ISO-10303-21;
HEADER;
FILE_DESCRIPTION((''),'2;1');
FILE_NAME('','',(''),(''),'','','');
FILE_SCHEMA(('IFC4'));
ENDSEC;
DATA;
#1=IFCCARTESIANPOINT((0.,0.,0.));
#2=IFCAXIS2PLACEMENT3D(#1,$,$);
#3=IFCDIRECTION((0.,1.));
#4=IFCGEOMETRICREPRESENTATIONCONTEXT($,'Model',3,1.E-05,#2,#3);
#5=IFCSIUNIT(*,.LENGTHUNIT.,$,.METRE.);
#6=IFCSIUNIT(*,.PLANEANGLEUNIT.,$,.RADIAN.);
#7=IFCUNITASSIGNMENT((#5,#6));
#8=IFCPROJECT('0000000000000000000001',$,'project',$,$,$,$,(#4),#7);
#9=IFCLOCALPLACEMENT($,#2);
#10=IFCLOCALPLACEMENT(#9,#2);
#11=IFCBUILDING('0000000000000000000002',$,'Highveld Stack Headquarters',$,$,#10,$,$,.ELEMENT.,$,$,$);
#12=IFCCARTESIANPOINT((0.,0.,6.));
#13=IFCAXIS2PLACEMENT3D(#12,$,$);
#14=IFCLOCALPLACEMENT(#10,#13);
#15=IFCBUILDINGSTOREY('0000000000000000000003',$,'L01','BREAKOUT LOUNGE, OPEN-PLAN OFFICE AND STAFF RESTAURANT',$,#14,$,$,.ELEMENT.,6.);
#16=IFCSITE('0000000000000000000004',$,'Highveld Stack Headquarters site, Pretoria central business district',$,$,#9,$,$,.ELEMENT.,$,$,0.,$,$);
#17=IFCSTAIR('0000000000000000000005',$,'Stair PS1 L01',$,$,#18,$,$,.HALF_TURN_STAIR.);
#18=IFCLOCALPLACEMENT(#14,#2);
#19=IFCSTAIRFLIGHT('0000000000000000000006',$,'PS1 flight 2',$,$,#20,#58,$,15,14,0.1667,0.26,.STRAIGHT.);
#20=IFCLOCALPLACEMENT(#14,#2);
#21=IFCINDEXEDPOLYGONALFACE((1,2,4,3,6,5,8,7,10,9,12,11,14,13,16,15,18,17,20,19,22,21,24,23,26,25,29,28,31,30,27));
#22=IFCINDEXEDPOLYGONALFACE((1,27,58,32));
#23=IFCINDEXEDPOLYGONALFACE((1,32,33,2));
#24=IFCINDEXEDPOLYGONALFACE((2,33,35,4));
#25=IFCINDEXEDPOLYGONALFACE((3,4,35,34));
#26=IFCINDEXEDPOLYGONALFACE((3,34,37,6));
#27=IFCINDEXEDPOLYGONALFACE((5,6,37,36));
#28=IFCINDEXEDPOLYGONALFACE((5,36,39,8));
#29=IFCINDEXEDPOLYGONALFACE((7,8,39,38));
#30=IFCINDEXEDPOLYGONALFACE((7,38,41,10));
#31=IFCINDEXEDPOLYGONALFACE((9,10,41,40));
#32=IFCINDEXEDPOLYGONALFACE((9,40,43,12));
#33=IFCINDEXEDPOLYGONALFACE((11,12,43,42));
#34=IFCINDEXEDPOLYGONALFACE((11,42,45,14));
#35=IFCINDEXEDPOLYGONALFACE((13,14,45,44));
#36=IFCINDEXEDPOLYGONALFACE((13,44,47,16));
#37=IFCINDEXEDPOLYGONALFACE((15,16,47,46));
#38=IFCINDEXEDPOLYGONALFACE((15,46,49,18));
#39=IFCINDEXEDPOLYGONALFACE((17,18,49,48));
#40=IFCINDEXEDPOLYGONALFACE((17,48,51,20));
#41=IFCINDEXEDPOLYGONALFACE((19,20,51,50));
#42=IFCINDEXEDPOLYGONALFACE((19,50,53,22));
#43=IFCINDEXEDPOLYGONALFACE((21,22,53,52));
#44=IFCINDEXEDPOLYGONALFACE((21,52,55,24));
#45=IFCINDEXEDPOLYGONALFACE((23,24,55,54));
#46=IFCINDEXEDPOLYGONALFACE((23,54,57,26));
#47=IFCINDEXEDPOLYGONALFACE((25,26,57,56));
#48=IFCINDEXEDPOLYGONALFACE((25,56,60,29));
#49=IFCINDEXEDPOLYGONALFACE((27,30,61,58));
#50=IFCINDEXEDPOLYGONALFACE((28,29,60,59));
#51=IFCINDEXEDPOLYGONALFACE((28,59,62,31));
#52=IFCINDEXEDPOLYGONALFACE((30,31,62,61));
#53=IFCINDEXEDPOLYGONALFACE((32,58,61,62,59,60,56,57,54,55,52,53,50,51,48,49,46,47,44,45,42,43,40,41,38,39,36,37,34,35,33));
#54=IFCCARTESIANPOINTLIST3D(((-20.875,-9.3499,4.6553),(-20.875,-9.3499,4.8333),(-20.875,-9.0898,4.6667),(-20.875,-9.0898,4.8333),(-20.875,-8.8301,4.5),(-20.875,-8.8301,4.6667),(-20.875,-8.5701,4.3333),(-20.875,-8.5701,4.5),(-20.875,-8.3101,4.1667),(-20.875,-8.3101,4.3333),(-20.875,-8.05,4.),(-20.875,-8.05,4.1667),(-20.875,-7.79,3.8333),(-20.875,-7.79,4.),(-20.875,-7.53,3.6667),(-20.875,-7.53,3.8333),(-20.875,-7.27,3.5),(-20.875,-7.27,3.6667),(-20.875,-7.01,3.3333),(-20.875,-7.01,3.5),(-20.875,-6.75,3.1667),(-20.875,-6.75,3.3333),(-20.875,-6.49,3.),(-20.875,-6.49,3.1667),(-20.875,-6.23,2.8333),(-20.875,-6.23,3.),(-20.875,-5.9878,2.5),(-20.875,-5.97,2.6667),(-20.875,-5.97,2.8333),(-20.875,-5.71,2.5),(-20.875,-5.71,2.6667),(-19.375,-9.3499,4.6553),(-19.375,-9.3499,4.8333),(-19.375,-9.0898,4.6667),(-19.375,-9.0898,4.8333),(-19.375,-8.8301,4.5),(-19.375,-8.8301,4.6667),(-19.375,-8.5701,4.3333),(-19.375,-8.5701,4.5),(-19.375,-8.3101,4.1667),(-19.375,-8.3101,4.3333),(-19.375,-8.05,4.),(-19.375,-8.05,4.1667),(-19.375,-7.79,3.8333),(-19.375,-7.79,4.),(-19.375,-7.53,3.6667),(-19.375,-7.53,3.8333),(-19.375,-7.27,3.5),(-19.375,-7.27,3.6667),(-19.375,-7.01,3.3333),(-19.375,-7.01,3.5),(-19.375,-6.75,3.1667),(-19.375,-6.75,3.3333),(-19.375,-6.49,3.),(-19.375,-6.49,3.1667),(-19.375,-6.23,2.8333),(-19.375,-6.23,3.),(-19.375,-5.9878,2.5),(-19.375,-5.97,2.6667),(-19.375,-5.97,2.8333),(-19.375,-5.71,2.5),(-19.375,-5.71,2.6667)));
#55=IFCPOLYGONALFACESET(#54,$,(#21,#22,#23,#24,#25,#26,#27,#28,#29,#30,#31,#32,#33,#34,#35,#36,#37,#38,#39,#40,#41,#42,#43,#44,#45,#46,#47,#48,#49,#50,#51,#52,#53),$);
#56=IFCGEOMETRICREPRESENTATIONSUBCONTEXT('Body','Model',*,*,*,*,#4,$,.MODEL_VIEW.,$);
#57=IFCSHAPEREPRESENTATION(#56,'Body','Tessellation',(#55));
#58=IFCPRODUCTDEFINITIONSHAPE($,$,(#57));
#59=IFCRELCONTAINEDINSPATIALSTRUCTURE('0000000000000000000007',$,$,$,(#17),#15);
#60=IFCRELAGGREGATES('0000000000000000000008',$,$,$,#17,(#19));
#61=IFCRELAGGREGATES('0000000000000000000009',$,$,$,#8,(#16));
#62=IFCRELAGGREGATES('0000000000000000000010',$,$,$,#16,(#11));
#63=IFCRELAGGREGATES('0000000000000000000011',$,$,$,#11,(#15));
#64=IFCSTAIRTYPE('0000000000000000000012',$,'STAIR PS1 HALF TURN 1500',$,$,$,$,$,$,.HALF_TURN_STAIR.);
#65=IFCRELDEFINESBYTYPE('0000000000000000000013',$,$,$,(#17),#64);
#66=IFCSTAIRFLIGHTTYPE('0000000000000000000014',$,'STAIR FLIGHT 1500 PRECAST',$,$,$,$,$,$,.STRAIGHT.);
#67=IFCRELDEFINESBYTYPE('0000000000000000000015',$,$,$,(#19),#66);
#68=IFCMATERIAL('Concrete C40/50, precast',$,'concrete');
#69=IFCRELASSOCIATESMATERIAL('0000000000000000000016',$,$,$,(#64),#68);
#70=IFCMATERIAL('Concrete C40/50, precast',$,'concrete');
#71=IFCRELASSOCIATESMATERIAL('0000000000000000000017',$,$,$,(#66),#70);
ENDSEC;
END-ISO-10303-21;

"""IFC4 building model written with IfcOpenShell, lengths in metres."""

from ifc_helpers import new_model, si_unit, direction, frame, origin, place, context, subcontext, project, spatial, polyline, outline, extrude, material, type_object, element, aggregate, save


model = new_model("IFC4")

# Units and contexts
model_context = context("Model", 3, precision=1e-05, world=origin(), true_north=direction((0.0, 1.0)))
body_context = subcontext(model_context, "Body", "Model", "MODEL_VIEW")
ifc_project = project(units=[si_unit("LENGTHUNIT", "METRE"), si_unit("PLANEANGLEUNIT", "RADIAN")], contexts=[model_context])

# Site, building, storey
site_placement = place(None, origin())
site = spatial("IfcSite", under=ifc_project, at=site_placement, Name="Highveld Stack Headquarters site, Pretoria central business district", CompositionType="ELEMENT", RefElevation=0.0)
building_placement = place(site_placement, origin())
building = spatial("IfcBuilding", under=site, at=building_placement, Name="Highveld Stack Headquarters", CompositionType="ELEMENT")
storey_placement = place(building_placement, frame((0.0, 0.0, 6.0)))
storey = spatial("IfcBuildingStorey", under=building, at=storey_placement, Name="L01", Description="BREAKOUT LOUNGE, OPEN-PLAN OFFICE AND STAFF RESTAURANT", CompositionType="ELEMENT", Elevation=6.0)

# Stair, stair flight
ifc_material_1 = material(Name="Concrete C40/50, precast", Category="concrete")
stair_type = type_object("IfcStairType", Name="STAIR PS1 HALF TURN 1500", PredefinedType="HALF_TURN_STAIR", material=ifc_material_1)
stair_placement = place(storey_placement, origin())
stair = element("IfcStair", 1, at=stair_placement, inside=storey, type_object=stair_type, Name="Stair PS1 L01", PredefinedType="HALF_TURN_STAIR")
ifc_material_2 = material(Name="Concrete C40/50, precast", Category="concrete")
stair_flight_type = type_object("IfcStairFlightType", Name="STAIR FLIGHT 1500 PRECAST", PredefinedType="STRAIGHT", material=ifc_material_2)
stair_flight_1_placement = place(storey_placement, frame((-20.125, -5.71, 2.5), z_axis=(0.0, 0.0, 1.0), x_axis=(0.0, -1.0, 0.0)))
stair_flight_1 = element("IfcStairFlight", 2, at=stair_flight_1_placement, type_object=stair_flight_type, Name="PS1 flight 2", NumberOfRisers=15, NumberOfTreads=14, PredefinedType="STRAIGHT", RiserHeight=0.1667, TreadLength=0.26, context=body_context, shape_type="SweptSolid", body=[
    extrude(outline(polyline([(0.0, 0.0), (0.0, 0.1667), (0.26, 0.1667), (0.26, 0.3333), (0.52, 0.3333), (0.52, 0.5), (0.78, 0.5), (0.78, 0.6667), (1.04, 0.6667), (1.04, 0.8333), (1.3, 0.8333), (1.3, 1.0), (1.5601, 1.0), (1.5601, 1.1667), (1.8201, 1.1667), (1.8201, 1.3333), (2.0801, 1.3333), (2.0801, 1.5), (2.3401, 1.5), (2.3401, 1.6667), (2.6001, 1.6667), (2.6001, 1.8333), (2.8601, 1.8333), (2.8601, 2.0), (3.1201, 2.0), (3.1201, 2.1667), (3.3799, 2.1667), (3.3799, 2.3333), (3.6399, 2.3333), (3.6399, 2.5), (3.6399, 2.1553), (0.2778, 0.0), (0.0, 0.0)])), frame((0.0, 0.75, 0.0), z_axis=(0.0, -1.0, 0.0), x_axis=(1.0, 0.0, 0.0)), (0.0, 0.0, 1.0), 1.5),
])
aggregate(stair, [stair_flight_1])

save(model, "model.ifc")
